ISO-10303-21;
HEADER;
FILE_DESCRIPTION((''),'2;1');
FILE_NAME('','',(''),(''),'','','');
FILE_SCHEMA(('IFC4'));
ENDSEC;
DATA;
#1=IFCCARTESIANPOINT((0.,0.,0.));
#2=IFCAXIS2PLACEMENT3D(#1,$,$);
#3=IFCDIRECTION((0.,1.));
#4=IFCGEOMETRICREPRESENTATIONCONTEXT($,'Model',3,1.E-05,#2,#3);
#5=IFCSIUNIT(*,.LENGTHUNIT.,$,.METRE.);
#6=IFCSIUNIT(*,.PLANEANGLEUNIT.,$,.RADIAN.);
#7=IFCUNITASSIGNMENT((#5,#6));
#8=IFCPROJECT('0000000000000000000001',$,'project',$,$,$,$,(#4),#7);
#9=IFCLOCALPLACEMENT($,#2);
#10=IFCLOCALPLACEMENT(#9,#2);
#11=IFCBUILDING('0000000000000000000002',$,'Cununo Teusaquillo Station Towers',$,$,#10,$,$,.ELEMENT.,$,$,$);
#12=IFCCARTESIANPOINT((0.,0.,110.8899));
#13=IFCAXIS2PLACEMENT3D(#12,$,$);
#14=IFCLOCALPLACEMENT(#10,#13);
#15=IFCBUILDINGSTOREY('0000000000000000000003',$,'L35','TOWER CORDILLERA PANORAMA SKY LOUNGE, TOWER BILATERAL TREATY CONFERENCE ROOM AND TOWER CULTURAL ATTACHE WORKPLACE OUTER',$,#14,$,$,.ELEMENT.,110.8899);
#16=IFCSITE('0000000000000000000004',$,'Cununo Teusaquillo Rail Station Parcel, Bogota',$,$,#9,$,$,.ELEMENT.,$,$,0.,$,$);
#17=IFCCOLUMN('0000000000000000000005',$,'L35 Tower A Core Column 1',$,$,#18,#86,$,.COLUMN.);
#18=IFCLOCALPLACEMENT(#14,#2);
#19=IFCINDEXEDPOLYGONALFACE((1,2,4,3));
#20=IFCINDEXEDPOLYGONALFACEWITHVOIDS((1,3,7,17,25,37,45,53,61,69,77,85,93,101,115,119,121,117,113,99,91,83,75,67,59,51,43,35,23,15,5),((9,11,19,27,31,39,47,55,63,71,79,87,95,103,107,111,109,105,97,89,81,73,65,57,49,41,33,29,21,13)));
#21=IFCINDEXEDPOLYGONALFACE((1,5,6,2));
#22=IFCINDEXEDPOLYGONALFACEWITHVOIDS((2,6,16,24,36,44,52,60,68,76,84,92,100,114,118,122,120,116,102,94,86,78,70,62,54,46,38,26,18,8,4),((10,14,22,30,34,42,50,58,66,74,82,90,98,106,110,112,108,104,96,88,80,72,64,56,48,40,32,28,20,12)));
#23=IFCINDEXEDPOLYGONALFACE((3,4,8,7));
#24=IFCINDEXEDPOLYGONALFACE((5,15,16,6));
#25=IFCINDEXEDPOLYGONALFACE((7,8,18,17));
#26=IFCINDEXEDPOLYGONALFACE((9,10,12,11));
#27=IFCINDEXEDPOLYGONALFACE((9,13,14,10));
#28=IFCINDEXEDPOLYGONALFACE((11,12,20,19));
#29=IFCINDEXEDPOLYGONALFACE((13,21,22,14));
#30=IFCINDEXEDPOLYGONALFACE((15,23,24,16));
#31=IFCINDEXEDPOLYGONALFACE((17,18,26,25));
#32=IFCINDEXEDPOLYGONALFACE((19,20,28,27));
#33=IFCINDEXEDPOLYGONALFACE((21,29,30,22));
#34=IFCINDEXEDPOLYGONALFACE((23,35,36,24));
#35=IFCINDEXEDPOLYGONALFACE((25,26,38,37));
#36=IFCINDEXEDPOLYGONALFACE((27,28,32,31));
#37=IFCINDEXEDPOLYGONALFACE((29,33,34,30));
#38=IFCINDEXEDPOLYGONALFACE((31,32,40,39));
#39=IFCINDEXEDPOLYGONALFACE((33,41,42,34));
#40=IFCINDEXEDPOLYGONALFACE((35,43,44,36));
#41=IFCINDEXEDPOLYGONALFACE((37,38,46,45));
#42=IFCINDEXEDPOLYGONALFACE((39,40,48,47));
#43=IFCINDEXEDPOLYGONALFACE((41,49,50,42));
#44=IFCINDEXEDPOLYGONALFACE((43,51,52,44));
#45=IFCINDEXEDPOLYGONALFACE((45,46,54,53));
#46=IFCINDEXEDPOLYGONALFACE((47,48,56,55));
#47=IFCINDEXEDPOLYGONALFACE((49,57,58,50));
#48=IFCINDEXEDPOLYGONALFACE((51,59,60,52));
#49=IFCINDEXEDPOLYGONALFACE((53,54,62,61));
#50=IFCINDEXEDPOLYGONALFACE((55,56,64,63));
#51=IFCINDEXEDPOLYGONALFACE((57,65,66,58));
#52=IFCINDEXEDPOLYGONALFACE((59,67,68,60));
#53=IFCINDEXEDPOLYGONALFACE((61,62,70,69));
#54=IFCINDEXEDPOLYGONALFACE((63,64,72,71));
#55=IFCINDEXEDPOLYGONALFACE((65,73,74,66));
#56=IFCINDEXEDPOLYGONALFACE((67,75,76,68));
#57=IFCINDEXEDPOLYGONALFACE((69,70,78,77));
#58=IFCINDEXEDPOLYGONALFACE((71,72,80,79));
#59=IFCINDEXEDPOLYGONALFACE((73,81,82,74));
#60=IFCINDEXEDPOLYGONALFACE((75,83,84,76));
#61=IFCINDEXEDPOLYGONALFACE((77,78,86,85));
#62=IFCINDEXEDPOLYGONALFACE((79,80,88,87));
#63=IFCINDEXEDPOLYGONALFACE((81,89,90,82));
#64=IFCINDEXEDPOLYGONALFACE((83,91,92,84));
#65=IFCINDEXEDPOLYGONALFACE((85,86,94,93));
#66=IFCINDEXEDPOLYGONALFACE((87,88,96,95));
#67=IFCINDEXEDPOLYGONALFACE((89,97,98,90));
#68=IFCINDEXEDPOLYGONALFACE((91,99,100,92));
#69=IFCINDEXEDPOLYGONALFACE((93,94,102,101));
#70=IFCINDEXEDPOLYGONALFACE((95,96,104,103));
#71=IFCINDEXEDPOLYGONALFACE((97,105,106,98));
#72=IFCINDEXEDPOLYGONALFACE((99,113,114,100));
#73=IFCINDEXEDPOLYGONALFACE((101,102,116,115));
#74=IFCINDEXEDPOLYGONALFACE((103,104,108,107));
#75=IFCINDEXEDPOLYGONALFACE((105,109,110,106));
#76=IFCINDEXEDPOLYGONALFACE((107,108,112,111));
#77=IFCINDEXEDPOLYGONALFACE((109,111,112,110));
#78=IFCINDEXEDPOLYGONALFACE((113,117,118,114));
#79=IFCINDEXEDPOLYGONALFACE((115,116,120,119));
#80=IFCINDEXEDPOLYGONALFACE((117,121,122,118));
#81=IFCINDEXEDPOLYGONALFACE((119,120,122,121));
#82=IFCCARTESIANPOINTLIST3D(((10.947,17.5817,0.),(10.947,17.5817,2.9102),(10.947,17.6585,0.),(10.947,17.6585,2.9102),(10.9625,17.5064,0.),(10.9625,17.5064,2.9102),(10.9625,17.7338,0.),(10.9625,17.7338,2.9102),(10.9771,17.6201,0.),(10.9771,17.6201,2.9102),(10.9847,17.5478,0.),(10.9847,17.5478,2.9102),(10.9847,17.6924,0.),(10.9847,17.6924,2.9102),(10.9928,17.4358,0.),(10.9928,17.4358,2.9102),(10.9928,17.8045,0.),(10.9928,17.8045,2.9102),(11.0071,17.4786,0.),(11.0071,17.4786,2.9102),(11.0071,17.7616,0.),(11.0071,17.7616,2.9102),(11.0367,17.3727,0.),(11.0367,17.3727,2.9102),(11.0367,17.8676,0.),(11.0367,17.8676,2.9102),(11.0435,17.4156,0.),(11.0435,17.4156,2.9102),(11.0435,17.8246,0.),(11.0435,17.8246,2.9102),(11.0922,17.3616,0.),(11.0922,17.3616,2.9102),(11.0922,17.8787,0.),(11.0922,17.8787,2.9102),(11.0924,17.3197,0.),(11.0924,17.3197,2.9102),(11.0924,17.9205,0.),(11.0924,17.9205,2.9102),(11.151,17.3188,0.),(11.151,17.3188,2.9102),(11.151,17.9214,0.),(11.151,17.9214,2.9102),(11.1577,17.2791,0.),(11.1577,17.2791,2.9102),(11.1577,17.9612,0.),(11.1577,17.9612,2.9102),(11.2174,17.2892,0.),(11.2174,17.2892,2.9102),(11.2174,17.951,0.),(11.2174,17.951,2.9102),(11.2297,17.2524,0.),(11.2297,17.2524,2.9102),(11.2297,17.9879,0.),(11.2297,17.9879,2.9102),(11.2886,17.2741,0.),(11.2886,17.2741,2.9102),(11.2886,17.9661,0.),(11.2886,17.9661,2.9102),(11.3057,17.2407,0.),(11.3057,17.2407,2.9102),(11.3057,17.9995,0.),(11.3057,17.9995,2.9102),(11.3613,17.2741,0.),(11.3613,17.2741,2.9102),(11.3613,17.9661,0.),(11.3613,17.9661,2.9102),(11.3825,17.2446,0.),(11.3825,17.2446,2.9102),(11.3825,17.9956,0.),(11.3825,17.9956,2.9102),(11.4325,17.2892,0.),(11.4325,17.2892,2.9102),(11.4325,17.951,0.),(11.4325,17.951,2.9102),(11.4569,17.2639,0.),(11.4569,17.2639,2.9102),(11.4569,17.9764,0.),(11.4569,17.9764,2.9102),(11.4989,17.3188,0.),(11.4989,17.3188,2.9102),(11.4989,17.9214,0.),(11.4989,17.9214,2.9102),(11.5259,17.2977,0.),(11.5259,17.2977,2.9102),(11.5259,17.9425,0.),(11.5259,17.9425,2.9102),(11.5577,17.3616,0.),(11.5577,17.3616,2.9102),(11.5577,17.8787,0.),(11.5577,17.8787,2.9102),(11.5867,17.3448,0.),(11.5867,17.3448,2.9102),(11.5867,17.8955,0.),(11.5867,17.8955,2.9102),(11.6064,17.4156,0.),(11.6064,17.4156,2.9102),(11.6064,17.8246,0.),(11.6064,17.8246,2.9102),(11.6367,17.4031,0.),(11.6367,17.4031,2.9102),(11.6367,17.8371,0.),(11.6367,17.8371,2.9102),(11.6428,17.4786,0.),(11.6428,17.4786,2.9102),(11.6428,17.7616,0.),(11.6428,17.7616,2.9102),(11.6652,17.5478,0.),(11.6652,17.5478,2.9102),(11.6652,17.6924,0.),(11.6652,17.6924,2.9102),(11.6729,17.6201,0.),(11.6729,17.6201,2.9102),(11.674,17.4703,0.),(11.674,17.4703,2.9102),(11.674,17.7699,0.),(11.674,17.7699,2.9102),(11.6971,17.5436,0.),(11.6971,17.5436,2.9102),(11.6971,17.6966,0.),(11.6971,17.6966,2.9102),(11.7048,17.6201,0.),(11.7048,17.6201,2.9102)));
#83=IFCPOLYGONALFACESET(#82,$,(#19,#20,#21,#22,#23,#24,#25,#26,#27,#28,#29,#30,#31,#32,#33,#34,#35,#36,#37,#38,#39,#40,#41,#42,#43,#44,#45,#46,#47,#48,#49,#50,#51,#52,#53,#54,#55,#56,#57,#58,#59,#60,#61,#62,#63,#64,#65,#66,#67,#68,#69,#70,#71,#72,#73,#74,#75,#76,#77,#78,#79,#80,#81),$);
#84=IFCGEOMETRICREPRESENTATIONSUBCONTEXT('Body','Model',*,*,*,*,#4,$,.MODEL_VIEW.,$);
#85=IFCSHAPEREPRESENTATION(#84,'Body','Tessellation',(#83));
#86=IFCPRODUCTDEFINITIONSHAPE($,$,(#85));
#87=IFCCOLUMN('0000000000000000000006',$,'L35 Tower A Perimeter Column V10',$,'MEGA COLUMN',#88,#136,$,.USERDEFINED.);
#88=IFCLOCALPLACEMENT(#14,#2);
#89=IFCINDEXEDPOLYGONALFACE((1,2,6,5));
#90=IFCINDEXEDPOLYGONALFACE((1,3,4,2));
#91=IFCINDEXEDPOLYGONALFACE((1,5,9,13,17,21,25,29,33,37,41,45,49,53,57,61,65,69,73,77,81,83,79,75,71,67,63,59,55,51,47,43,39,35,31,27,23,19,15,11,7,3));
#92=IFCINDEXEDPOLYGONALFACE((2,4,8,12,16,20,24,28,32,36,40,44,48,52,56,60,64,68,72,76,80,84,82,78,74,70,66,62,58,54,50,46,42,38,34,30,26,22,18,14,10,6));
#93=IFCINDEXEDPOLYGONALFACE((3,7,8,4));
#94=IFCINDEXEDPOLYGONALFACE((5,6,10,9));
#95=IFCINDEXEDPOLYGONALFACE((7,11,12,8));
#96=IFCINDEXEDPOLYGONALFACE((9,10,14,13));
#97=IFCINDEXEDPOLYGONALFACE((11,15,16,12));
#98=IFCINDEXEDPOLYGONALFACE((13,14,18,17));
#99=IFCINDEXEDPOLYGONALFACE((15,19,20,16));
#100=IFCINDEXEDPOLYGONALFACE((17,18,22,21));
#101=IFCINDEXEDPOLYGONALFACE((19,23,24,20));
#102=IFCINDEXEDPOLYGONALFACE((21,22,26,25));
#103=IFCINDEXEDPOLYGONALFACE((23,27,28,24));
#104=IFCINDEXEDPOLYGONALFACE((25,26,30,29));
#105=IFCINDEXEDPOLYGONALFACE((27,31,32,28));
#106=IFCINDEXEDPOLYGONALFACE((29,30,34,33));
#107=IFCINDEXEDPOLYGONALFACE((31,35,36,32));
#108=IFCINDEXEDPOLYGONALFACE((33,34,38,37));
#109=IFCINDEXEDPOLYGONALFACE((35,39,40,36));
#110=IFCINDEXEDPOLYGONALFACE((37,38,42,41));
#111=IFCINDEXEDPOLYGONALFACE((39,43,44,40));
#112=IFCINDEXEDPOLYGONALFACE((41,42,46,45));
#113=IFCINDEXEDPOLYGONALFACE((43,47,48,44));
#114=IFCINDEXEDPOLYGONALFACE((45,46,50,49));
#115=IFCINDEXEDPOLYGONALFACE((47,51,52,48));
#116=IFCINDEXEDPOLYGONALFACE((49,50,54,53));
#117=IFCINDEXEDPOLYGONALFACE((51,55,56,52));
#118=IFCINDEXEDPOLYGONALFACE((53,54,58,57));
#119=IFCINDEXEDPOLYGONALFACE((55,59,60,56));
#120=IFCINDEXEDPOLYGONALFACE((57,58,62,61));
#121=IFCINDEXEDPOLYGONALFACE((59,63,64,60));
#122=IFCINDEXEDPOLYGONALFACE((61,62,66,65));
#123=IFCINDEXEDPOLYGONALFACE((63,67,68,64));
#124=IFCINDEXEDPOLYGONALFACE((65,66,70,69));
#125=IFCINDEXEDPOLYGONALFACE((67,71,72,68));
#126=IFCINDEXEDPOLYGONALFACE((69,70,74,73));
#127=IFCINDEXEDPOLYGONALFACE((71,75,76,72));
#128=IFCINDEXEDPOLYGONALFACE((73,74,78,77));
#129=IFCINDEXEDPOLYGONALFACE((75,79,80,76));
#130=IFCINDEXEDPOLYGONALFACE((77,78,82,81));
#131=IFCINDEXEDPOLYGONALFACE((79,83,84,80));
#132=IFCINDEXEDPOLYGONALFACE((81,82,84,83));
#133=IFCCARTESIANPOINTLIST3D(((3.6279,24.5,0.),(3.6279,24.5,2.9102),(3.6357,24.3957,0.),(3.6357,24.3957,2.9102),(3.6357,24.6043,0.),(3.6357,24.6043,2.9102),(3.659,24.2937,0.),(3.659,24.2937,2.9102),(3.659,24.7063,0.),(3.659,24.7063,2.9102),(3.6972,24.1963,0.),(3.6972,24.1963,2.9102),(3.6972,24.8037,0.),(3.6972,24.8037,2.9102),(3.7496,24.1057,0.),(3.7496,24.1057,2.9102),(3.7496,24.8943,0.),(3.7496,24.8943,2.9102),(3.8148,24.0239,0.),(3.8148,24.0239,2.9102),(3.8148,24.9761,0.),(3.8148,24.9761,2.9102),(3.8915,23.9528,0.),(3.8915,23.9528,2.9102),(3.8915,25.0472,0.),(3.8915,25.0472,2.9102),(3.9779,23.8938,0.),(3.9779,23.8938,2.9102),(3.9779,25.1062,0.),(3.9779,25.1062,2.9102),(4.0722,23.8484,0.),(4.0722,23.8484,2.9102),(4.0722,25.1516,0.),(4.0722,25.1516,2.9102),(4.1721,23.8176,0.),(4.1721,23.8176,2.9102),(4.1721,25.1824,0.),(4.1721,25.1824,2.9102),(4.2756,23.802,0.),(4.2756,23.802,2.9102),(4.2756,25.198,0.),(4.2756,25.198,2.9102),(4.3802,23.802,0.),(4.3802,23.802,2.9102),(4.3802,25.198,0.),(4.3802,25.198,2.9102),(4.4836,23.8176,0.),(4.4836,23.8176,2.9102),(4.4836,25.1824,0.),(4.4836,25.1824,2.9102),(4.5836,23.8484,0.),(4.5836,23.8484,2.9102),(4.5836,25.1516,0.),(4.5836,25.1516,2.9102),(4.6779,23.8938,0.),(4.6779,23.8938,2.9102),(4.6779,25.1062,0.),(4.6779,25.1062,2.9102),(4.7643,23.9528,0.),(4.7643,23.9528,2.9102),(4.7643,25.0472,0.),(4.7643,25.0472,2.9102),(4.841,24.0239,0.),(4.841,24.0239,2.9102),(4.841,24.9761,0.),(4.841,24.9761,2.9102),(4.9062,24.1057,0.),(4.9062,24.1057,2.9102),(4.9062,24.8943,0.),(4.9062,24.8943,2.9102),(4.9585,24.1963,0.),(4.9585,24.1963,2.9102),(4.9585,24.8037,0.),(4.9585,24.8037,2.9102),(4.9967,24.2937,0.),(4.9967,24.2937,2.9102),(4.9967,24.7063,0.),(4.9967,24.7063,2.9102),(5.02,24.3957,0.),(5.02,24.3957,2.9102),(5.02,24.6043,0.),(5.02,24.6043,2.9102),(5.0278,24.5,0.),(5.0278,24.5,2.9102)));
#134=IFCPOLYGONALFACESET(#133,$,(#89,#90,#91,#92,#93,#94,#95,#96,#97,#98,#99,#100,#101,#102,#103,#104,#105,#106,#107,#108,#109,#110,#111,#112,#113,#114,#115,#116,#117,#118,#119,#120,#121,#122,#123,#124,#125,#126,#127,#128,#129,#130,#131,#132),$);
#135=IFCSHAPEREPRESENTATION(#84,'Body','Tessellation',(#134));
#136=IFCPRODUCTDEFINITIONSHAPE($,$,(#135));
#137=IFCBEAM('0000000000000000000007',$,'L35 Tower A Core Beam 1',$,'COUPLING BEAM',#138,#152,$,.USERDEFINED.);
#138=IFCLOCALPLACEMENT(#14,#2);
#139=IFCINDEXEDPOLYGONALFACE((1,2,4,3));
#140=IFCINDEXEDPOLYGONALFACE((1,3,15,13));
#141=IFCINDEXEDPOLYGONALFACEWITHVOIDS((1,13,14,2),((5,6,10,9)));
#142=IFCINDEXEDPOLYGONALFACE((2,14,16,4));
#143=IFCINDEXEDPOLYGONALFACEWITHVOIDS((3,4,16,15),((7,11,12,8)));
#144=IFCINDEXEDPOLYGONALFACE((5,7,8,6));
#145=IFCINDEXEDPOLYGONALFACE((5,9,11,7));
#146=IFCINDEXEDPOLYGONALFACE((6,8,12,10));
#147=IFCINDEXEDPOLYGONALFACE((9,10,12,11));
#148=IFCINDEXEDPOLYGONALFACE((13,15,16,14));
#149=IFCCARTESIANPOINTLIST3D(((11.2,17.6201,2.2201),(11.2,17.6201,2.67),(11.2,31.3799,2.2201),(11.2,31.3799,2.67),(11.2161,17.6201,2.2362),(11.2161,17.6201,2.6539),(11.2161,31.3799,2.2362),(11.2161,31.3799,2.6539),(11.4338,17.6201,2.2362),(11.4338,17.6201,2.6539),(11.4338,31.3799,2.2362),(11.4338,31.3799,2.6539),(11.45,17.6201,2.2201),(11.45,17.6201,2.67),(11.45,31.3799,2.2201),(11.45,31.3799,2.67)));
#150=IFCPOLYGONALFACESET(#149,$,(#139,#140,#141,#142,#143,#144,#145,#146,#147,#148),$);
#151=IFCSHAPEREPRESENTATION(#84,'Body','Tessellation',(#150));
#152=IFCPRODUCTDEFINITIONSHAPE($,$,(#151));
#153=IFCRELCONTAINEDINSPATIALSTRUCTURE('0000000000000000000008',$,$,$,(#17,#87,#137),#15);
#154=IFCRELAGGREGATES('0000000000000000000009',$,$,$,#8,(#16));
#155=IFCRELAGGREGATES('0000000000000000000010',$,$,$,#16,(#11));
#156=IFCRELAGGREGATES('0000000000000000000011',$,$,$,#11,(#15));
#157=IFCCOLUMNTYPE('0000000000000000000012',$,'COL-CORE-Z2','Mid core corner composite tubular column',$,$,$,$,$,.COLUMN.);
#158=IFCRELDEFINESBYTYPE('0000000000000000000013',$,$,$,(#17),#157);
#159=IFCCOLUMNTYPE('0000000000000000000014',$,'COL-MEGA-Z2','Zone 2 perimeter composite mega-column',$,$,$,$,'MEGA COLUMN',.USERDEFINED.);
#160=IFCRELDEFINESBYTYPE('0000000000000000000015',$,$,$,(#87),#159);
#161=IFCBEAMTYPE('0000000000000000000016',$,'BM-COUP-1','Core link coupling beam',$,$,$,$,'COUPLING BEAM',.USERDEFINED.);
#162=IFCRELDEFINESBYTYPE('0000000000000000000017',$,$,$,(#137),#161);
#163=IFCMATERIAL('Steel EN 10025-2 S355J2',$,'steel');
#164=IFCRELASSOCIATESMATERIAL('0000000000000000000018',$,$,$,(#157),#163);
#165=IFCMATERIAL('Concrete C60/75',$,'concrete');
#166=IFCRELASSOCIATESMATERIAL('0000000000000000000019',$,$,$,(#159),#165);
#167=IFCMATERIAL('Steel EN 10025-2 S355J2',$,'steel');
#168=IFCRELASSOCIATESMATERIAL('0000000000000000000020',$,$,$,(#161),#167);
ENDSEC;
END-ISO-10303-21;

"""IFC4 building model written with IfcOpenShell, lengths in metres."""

from ifc_helpers import new_model, si_unit, direction, frame, origin, origin_2d, place, context, subcontext, project, spatial, hollow_rectangle, circle, hollow_circle, extrude, material, material_profile, profile_set, type_object, element, save


model = new_model("IFC4")

# Units and contexts
model_context = context("Model", 3, precision=1e-05, world=origin(), true_north=direction((0.0, 1.0)))
body_context = subcontext(model_context, "Body", "Model", "MODEL_VIEW")
ifc_project = project(units=[si_unit("LENGTHUNIT", "METRE"), si_unit("PLANEANGLEUNIT", "RADIAN")], contexts=[model_context])

# Site, building, storey
site_placement = place(None, origin())
site = spatial("IfcSite", under=ifc_project, at=site_placement, Name="Cununo Teusaquillo Rail Station Parcel, Bogota", CompositionType="ELEMENT", RefElevation=0.0)
building_placement = place(site_placement, origin())
building = spatial("IfcBuilding", under=site, at=building_placement, Name="Cununo Teusaquillo Station Towers", CompositionType="ELEMENT")
storey_placement = place(building_placement, frame((0.0, 0.0, 110.8899)))
storey = spatial("IfcBuildingStorey", under=building, at=storey_placement, Name="L35", Description="TOWER CORDILLERA PANORAMA SKY LOUNGE, TOWER BILATERAL TREATY CONFERENCE ROOM AND TOWER CULTURAL ATTACHE WORKPLACE OUTER", CompositionType="ELEMENT", Elevation=110.8899)

# Columns
ifc_material_1 = material(Name="Steel EN 10025-2 S355J2", Category="steel")
ifc_material_profile_1 = material_profile(ifc_material_1, hollow_circle(Radius=0.3799, WallThickness=0.032, at=origin_2d()), Name="CHS 760x32")
ifc_profile_set_1 = profile_set([ifc_material_profile_1], Name="Steel EN 10025-2 S355J2")
column_type_1 = type_object("IfcColumnType", Name="COL-CORE-Z2", Description="Mid core corner composite tubular column", PredefinedType="COLUMN", material=ifc_profile_set_1)
column_1_placement = place(storey_placement, frame((11.325, 17.6201, 0.0), z_axis=(0.0, 0.0, 1.0), x_axis=(1.0, 0.0, 0.0)))
element("IfcColumn", 1, at=column_1_placement, inside=storey, type_object=column_type_1, Name="L35 Tower A Core Column 1", PredefinedType="COLUMN", context=body_context, shape_type="SweptSolid", body=[
    extrude(hollow_circle(Radius=0.3799, WallThickness=0.032, at=origin_2d()), origin(), (0.0, 0.0, 1.0), 2.9102),
])
ifc_material_2 = material(Name="Concrete C60/75", Category="concrete")
ifc_material_profile_2 = material_profile(ifc_material_2, circle(Radius=0.7, at=origin_2d()), Name="RC-CIRC-1400")
ifc_profile_set_2 = profile_set([ifc_material_profile_2], Name="Concrete C60/75")
column_type_2 = type_object("IfcColumnType", Name="COL-MEGA-Z2", Description="Zone 2 perimeter composite mega-column", ElementType="MEGA COLUMN", PredefinedType="USERDEFINED", material=ifc_profile_set_2)
column_2_placement = place(storey_placement, frame((4.3279, 24.5, 0.0), z_axis=(0.0, 0.0, 1.0), x_axis=(1.0, 0.0, 0.0)))
element("IfcColumn", 2, at=column_2_placement, inside=storey, type_object=column_type_2, Name="L35 Tower A Perimeter Column V10", ObjectType="MEGA COLUMN", PredefinedType="USERDEFINED", context=body_context, shape_type="SweptSolid", body=[
    extrude(circle(Radius=0.7, at=origin_2d()), origin(), (0.0, 0.0, 1.0), 2.9102),
])

# Beam
ifc_material_3 = material(Name="Steel EN 10025-2 S355J2", Category="steel")
ifc_material_profile_3 = material_profile(ifc_material_3, hollow_rectangle(XDim=0.25, YDim=0.45, WallThickness=0.0161, at=origin_2d()), Name="RHS 450x250x16")
ifc_profile_set_3 = profile_set([ifc_material_profile_3], Name="Steel EN 10025-2 S355J2")
beam_type_1 = type_object("IfcBeamType", Name="BM-COUP-1", Description="Core link coupling beam", ElementType="COUPLING BEAM", PredefinedType="USERDEFINED", material=ifc_profile_set_3)
beam_1_placement = place(storey_placement, frame((11.325, 17.6201, 2.4451), z_axis=(0.0, 1.0, 0.0), x_axis=(-1.0, 0.0, 0.0)))
element("IfcBeam", 3, at=beam_1_placement, inside=storey, type_object=beam_type_1, Name="L35 Tower A Core Beam 1", ObjectType="COUPLING BEAM", PredefinedType="USERDEFINED", context=body_context, shape_type="SweptSolid", body=[
    extrude(hollow_rectangle(XDim=0.25, YDim=0.45, WallThickness=0.0161, at=origin_2d()), origin(), (0.0, 0.0, 1.0), 13.7598),
])

save(model, "model.ifc")
